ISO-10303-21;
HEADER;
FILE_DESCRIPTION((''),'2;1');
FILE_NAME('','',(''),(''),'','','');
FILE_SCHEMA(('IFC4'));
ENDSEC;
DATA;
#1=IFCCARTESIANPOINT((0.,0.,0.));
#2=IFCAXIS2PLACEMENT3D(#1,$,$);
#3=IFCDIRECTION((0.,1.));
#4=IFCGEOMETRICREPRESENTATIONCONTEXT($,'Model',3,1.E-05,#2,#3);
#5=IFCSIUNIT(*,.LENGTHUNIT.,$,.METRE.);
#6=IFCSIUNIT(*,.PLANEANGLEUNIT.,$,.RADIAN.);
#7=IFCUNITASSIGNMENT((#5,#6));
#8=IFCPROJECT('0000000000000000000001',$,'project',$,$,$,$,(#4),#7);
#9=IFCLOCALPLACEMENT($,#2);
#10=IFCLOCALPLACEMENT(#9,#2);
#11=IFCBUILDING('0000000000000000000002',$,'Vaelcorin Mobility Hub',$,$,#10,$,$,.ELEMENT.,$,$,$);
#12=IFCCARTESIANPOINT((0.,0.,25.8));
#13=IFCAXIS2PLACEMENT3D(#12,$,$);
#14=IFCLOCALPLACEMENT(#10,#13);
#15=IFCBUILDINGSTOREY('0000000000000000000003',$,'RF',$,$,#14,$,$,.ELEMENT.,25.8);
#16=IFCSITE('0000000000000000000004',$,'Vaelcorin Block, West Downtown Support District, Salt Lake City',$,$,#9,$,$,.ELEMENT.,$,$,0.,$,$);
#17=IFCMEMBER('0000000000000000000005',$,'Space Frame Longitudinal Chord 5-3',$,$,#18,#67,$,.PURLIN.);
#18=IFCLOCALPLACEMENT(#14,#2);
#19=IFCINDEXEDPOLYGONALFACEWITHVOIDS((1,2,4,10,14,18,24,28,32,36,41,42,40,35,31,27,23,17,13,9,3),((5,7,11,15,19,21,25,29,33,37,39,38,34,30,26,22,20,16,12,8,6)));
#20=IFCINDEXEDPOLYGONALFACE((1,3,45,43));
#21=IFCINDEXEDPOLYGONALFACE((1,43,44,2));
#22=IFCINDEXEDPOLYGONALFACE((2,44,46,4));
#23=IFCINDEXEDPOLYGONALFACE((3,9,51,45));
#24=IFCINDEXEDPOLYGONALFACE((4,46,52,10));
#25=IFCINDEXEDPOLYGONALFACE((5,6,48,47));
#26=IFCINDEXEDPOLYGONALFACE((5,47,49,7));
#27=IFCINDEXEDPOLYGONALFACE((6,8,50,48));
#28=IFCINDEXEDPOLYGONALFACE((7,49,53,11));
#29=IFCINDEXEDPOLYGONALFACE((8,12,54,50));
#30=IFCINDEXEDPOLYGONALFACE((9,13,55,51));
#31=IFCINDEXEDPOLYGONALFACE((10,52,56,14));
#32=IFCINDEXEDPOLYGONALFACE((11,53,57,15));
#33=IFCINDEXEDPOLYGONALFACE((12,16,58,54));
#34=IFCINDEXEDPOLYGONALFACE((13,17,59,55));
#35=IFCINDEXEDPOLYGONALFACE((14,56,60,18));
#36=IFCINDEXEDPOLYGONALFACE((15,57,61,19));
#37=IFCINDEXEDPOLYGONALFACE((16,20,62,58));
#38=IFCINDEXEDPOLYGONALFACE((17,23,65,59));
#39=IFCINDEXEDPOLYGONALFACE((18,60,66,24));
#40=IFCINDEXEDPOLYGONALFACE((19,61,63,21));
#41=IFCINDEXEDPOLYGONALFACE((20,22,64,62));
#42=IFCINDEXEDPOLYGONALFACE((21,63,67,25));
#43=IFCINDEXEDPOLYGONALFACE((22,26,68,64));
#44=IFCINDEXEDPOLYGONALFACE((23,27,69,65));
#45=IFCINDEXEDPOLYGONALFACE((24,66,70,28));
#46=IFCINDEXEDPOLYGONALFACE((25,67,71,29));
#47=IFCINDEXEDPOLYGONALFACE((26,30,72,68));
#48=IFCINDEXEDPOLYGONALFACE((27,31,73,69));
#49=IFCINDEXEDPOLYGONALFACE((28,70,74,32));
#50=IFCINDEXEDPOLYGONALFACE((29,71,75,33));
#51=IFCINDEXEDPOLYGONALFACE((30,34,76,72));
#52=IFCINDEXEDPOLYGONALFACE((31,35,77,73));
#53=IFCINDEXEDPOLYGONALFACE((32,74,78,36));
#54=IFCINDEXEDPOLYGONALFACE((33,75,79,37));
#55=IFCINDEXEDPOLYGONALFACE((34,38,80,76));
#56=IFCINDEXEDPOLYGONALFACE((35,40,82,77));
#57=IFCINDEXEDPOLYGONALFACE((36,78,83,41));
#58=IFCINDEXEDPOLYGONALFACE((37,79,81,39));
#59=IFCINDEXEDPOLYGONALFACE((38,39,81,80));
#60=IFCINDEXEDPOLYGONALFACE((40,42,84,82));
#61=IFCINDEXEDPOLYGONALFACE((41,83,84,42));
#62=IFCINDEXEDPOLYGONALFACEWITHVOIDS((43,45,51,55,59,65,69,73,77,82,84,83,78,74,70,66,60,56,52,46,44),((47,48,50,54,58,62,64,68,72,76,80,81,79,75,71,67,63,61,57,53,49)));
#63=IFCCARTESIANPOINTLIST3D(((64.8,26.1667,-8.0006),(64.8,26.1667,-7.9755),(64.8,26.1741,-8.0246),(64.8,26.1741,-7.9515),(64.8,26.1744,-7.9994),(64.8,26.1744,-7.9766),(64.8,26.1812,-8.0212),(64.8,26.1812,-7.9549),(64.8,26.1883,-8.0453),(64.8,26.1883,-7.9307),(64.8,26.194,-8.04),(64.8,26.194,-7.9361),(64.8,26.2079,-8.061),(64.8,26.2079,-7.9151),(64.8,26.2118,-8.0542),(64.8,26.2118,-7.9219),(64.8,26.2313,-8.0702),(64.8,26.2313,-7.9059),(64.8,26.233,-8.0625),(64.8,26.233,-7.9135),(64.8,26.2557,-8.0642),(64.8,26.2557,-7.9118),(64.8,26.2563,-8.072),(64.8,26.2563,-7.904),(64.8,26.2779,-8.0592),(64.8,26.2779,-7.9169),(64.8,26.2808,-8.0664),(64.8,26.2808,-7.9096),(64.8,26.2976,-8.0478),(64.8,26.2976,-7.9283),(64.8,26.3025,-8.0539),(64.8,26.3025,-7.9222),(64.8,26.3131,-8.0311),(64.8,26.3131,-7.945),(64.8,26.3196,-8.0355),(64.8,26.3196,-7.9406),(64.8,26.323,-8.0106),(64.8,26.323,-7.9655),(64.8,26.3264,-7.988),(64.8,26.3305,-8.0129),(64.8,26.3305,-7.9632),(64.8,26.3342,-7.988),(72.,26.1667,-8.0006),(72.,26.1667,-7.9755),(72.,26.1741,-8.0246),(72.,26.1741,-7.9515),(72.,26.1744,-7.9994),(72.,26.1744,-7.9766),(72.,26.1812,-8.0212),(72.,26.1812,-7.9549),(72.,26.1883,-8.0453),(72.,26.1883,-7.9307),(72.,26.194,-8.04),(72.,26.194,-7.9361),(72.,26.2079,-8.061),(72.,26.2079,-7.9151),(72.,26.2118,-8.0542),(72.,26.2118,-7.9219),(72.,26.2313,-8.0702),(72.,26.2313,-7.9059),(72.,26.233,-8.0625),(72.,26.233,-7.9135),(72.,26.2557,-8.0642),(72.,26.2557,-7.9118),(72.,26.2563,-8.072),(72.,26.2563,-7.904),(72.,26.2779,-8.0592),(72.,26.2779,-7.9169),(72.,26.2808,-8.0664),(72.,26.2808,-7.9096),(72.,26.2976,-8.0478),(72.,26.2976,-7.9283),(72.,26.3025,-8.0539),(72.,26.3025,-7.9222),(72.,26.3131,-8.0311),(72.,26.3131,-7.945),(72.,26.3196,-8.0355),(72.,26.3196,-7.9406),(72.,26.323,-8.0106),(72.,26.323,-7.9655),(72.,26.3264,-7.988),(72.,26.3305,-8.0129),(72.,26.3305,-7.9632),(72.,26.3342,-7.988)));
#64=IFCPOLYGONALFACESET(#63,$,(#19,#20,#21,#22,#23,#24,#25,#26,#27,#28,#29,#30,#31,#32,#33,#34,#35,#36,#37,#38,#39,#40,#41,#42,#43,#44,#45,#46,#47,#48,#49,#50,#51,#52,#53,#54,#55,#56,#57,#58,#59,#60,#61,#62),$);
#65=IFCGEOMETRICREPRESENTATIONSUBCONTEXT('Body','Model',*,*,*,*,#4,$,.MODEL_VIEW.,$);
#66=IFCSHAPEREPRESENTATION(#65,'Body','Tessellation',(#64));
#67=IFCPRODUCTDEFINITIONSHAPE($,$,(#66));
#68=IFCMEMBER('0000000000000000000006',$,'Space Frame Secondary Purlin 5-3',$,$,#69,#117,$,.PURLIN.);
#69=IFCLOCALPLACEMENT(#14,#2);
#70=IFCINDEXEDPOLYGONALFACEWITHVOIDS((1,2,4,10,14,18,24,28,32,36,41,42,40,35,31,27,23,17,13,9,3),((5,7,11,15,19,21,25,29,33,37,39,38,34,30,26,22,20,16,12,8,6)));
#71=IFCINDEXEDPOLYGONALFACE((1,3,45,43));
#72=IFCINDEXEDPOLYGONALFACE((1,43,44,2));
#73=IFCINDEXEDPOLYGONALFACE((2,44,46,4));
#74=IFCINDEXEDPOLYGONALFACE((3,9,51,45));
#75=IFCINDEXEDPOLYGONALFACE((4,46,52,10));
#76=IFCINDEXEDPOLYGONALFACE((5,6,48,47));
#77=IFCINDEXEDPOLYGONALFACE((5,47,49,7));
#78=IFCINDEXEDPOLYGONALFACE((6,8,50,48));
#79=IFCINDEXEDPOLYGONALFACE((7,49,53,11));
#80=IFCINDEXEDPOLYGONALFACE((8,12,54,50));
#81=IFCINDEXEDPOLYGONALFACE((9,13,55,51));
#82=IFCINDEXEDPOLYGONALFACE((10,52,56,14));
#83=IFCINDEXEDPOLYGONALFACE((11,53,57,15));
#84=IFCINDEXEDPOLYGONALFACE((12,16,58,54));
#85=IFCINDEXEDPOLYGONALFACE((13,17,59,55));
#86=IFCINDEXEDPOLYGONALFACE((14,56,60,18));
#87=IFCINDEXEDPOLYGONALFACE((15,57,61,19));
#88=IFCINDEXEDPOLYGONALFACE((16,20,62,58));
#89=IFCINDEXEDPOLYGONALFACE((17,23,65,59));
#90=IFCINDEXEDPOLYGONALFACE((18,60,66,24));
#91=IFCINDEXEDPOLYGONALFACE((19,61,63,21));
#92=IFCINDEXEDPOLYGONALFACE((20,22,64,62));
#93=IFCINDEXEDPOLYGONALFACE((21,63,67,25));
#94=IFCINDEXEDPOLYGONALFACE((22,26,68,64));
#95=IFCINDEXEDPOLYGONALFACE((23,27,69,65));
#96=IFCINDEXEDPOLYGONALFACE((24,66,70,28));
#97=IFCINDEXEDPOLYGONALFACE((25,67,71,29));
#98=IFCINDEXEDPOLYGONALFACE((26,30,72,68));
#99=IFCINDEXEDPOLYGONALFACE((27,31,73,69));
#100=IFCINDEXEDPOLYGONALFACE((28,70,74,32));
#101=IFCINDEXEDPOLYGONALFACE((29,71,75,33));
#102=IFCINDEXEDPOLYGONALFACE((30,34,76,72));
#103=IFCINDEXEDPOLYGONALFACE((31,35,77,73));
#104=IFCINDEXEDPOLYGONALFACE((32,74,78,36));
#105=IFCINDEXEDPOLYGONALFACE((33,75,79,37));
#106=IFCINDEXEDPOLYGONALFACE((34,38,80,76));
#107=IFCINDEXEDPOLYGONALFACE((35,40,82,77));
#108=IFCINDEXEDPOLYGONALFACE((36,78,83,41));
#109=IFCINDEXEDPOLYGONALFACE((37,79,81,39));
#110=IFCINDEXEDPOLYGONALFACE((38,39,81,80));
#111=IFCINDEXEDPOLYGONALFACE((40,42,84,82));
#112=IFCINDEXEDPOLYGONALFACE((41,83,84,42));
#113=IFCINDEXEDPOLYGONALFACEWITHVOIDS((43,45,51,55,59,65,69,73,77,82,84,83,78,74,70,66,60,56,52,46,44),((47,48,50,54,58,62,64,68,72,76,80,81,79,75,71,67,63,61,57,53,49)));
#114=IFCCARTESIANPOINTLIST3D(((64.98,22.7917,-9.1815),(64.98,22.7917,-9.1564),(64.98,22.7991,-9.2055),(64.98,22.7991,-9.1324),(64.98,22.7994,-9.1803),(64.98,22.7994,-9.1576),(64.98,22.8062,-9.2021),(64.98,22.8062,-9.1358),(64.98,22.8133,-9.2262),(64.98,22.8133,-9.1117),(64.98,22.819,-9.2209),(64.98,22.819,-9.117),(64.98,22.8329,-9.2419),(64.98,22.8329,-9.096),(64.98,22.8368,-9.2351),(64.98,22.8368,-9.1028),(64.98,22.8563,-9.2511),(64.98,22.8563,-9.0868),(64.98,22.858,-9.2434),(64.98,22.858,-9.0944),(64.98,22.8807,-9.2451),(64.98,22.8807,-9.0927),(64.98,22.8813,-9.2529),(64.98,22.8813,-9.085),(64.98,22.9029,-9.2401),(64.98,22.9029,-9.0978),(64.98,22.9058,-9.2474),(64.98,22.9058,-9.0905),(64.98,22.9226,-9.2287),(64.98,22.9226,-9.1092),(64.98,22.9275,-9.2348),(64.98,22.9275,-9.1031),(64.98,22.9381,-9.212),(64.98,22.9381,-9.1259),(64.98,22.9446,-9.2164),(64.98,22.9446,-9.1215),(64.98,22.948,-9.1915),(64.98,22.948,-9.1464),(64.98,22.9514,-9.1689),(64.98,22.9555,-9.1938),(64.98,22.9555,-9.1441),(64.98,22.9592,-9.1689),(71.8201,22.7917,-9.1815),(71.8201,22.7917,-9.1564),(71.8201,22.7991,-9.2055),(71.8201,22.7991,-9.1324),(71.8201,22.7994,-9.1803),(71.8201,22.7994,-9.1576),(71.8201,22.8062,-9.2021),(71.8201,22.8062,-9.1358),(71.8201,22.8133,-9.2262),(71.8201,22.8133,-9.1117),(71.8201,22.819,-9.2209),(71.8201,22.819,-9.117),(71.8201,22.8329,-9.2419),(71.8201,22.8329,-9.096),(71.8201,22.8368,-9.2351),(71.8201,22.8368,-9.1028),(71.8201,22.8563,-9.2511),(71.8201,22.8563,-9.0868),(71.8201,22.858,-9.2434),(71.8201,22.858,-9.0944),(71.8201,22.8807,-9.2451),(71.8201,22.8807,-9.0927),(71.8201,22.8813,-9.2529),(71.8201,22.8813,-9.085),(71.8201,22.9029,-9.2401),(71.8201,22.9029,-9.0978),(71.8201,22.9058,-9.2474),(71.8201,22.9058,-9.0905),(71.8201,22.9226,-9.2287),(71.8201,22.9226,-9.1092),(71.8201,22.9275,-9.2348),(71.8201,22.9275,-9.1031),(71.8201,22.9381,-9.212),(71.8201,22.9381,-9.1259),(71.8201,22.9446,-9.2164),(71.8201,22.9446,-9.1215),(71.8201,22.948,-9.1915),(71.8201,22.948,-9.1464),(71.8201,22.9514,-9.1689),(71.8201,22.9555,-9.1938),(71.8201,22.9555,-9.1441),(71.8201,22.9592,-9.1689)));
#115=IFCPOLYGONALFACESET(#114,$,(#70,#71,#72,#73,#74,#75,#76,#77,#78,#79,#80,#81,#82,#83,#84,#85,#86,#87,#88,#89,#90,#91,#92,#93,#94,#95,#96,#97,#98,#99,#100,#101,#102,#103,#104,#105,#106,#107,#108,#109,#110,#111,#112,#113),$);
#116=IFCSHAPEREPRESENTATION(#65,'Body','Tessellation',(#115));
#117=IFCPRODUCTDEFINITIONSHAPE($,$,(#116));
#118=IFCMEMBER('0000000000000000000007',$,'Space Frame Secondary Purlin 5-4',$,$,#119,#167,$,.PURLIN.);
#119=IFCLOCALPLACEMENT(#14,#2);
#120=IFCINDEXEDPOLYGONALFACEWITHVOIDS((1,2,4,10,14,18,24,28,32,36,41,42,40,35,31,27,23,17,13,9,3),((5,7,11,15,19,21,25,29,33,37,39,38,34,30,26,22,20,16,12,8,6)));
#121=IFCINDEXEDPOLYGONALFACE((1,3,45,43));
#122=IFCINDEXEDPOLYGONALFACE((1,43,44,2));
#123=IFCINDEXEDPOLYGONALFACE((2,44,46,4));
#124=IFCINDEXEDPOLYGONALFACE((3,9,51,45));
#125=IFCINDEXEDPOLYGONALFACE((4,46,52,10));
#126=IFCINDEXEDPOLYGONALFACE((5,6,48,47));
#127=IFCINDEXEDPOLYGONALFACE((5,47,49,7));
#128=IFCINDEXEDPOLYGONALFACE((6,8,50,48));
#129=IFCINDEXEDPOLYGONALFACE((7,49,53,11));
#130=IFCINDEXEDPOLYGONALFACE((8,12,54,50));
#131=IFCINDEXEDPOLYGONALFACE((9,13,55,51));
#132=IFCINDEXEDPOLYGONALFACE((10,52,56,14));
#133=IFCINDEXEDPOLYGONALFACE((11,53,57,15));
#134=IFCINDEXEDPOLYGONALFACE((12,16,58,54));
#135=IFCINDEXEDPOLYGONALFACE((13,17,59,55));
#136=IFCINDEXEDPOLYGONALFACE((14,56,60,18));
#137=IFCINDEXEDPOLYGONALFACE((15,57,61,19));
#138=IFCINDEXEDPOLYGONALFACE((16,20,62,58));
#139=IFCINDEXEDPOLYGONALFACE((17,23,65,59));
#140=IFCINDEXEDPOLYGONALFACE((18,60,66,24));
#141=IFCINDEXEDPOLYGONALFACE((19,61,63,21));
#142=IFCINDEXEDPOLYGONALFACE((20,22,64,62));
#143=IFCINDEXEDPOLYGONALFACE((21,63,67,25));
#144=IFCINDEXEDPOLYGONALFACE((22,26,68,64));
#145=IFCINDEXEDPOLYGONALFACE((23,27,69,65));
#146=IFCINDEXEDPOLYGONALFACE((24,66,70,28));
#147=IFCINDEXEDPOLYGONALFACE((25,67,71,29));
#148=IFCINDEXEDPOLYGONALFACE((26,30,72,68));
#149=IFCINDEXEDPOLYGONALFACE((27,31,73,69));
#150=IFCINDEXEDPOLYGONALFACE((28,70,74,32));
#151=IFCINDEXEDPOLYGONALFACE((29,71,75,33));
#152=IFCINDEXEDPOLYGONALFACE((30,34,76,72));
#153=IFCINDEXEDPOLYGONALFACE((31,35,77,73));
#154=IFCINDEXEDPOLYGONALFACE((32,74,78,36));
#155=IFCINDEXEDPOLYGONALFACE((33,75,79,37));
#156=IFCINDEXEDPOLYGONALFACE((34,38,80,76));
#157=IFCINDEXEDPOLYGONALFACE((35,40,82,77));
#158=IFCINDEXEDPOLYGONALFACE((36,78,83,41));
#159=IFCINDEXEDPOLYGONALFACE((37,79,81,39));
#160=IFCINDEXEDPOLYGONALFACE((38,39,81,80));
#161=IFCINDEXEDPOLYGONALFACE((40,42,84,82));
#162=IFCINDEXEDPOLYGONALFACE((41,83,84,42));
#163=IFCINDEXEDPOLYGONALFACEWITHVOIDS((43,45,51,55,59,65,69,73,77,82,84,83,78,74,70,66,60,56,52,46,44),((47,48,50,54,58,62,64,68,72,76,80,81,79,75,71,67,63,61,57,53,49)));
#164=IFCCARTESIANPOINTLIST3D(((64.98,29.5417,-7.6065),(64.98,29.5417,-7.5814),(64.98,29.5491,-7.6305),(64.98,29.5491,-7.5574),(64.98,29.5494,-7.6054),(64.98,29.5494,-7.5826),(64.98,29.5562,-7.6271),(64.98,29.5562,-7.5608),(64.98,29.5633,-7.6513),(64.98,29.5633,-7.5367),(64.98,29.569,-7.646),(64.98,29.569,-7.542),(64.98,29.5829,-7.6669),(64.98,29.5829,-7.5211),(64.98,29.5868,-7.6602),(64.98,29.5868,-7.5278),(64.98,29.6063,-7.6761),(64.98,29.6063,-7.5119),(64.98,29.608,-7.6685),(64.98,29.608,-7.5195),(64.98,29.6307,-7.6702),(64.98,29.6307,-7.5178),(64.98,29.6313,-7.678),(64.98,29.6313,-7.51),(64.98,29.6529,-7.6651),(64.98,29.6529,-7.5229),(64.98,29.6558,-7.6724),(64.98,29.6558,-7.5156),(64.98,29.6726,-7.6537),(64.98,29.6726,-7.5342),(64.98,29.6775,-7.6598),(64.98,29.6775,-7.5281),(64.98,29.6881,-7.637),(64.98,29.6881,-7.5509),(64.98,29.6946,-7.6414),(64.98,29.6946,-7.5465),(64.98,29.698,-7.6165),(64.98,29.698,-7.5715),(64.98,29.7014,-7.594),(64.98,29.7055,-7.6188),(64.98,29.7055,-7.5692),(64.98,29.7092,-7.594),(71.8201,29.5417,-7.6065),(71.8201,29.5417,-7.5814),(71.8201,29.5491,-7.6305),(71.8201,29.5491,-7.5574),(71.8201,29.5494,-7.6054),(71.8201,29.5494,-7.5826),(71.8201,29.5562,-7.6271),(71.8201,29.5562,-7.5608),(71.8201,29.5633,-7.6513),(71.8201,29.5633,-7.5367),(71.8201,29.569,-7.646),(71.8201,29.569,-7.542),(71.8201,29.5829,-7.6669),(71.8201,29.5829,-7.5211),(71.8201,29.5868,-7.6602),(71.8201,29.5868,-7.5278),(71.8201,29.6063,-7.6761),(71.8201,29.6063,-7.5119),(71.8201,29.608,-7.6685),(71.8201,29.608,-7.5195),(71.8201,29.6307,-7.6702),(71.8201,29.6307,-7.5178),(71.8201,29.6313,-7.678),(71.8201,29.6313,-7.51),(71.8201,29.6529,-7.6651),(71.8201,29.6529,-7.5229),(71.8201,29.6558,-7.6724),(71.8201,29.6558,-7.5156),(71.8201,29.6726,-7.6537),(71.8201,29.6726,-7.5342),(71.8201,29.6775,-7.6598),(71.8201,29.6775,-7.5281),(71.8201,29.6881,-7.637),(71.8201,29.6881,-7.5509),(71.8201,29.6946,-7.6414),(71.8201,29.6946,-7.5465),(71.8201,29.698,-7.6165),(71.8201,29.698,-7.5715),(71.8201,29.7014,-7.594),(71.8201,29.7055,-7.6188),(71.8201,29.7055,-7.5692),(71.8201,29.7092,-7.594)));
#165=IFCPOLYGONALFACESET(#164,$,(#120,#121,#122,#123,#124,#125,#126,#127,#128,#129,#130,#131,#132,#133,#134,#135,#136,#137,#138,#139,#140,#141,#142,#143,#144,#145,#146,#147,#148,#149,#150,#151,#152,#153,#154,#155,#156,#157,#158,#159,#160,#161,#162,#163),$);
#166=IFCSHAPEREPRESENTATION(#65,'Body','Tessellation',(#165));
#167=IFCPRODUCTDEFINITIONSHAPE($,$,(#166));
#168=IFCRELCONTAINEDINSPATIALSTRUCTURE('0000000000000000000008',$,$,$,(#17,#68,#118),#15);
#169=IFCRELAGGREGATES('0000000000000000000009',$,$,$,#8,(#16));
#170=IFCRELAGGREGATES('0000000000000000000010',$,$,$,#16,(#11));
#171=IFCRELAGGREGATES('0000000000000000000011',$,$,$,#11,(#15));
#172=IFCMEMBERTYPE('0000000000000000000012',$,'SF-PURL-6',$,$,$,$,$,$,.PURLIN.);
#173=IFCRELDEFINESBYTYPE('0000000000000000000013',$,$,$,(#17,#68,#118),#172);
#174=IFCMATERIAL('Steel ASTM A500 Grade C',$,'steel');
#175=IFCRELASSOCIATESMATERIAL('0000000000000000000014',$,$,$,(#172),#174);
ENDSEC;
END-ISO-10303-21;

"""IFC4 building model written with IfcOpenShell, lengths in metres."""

from ifc_helpers import new_model, si_unit, direction, frame, origin, origin_2d, place, context, subcontext, project, spatial, hollow_circle, extrude, material, material_profile, profile_set, type_object, element, save


model = new_model("IFC4")

# Units and contexts
model_context = context("Model", 3, precision=1e-05, world=origin(), true_north=direction((0.0, 1.0)))
body_context = subcontext(model_context, "Body", "Model", "MODEL_VIEW")
ifc_project = project(units=[si_unit("LENGTHUNIT", "METRE"), si_unit("PLANEANGLEUNIT", "RADIAN")], contexts=[model_context])

# Site, building, storey
site_placement = place(None, origin())
site = spatial("IfcSite", under=ifc_project, at=site_placement, Name="Vaelcorin Block, West Downtown Support District, Salt Lake City", CompositionType="ELEMENT", RefElevation=0.0)
building_placement = place(site_placement, origin())
building = spatial("IfcBuilding", under=site, at=building_placement, Name="Vaelcorin Mobility Hub", CompositionType="ELEMENT")
storey_placement = place(building_placement, frame((0.0, 0.0, 25.8)))
storey = spatial("IfcBuildingStorey", under=building, at=storey_placement, Name="RF", CompositionType="ELEMENT", Elevation=25.8)

# Members
ifc_material_1 = material(Name="Steel ASTM A500 Grade C", Category="steel")
ifc_material_profile_1 = material_profile(ifc_material_1, hollow_circle(Radius=0.0842, WallThickness=0.0078, at=origin_2d()), Name="HSS6.625X0.312")
ifc_profile_set_1 = profile_set([ifc_material_profile_1], Name="Steel ASTM A500 Grade C")
member_type_1 = type_object("IfcMemberType", Name="SF-PURL-6", PredefinedType="PURLIN", material=ifc_profile_set_1)
member_1_placement = place(storey_placement, frame((64.8, 26.25, -7.988), z_axis=(1.0, 0.0, 0.0), x_axis=(0.0, 1.0, 0.0)))
element("IfcMember", 1, at=member_1_placement, inside=storey, type_object=member_type_1, Name="Space Frame Longitudinal Chord 5-3", PredefinedType="PURLIN", context=body_context, shape_type="SweptSolid", body=[
    extrude(hollow_circle(Radius=0.0842, WallThickness=0.0078, at=origin_2d()), origin(), (0.0, 0.0, 1.0), 7.2),
])
for number, where, z_axis, x_axis, name in (
    (2, (64.98, 22.875, -9.1689), (1.0, 0.0, 0.0), (0.0, 1.0, 0.0), "Space Frame Secondary Purlin 5-3"),
    (3, (64.98, 29.625, -7.594), (1.0, 0.0, 0.0), (0.0, 1.0, 0.0), "Space Frame Secondary Purlin 5-4"),
):
    element("IfcMember", number, at=place(storey_placement, frame(where, z_axis=z_axis, x_axis=x_axis)), inside=storey, type_object=member_type_1, Name=name, PredefinedType="PURLIN", context=body_context, shape_type="SweptSolid", body=[
        extrude(hollow_circle(Radius=0.0842, WallThickness=0.0078, at=origin_2d()), origin(), (0.0, 0.0, 1.0), 6.8401),
    ])

save(model, "model.ifc")
